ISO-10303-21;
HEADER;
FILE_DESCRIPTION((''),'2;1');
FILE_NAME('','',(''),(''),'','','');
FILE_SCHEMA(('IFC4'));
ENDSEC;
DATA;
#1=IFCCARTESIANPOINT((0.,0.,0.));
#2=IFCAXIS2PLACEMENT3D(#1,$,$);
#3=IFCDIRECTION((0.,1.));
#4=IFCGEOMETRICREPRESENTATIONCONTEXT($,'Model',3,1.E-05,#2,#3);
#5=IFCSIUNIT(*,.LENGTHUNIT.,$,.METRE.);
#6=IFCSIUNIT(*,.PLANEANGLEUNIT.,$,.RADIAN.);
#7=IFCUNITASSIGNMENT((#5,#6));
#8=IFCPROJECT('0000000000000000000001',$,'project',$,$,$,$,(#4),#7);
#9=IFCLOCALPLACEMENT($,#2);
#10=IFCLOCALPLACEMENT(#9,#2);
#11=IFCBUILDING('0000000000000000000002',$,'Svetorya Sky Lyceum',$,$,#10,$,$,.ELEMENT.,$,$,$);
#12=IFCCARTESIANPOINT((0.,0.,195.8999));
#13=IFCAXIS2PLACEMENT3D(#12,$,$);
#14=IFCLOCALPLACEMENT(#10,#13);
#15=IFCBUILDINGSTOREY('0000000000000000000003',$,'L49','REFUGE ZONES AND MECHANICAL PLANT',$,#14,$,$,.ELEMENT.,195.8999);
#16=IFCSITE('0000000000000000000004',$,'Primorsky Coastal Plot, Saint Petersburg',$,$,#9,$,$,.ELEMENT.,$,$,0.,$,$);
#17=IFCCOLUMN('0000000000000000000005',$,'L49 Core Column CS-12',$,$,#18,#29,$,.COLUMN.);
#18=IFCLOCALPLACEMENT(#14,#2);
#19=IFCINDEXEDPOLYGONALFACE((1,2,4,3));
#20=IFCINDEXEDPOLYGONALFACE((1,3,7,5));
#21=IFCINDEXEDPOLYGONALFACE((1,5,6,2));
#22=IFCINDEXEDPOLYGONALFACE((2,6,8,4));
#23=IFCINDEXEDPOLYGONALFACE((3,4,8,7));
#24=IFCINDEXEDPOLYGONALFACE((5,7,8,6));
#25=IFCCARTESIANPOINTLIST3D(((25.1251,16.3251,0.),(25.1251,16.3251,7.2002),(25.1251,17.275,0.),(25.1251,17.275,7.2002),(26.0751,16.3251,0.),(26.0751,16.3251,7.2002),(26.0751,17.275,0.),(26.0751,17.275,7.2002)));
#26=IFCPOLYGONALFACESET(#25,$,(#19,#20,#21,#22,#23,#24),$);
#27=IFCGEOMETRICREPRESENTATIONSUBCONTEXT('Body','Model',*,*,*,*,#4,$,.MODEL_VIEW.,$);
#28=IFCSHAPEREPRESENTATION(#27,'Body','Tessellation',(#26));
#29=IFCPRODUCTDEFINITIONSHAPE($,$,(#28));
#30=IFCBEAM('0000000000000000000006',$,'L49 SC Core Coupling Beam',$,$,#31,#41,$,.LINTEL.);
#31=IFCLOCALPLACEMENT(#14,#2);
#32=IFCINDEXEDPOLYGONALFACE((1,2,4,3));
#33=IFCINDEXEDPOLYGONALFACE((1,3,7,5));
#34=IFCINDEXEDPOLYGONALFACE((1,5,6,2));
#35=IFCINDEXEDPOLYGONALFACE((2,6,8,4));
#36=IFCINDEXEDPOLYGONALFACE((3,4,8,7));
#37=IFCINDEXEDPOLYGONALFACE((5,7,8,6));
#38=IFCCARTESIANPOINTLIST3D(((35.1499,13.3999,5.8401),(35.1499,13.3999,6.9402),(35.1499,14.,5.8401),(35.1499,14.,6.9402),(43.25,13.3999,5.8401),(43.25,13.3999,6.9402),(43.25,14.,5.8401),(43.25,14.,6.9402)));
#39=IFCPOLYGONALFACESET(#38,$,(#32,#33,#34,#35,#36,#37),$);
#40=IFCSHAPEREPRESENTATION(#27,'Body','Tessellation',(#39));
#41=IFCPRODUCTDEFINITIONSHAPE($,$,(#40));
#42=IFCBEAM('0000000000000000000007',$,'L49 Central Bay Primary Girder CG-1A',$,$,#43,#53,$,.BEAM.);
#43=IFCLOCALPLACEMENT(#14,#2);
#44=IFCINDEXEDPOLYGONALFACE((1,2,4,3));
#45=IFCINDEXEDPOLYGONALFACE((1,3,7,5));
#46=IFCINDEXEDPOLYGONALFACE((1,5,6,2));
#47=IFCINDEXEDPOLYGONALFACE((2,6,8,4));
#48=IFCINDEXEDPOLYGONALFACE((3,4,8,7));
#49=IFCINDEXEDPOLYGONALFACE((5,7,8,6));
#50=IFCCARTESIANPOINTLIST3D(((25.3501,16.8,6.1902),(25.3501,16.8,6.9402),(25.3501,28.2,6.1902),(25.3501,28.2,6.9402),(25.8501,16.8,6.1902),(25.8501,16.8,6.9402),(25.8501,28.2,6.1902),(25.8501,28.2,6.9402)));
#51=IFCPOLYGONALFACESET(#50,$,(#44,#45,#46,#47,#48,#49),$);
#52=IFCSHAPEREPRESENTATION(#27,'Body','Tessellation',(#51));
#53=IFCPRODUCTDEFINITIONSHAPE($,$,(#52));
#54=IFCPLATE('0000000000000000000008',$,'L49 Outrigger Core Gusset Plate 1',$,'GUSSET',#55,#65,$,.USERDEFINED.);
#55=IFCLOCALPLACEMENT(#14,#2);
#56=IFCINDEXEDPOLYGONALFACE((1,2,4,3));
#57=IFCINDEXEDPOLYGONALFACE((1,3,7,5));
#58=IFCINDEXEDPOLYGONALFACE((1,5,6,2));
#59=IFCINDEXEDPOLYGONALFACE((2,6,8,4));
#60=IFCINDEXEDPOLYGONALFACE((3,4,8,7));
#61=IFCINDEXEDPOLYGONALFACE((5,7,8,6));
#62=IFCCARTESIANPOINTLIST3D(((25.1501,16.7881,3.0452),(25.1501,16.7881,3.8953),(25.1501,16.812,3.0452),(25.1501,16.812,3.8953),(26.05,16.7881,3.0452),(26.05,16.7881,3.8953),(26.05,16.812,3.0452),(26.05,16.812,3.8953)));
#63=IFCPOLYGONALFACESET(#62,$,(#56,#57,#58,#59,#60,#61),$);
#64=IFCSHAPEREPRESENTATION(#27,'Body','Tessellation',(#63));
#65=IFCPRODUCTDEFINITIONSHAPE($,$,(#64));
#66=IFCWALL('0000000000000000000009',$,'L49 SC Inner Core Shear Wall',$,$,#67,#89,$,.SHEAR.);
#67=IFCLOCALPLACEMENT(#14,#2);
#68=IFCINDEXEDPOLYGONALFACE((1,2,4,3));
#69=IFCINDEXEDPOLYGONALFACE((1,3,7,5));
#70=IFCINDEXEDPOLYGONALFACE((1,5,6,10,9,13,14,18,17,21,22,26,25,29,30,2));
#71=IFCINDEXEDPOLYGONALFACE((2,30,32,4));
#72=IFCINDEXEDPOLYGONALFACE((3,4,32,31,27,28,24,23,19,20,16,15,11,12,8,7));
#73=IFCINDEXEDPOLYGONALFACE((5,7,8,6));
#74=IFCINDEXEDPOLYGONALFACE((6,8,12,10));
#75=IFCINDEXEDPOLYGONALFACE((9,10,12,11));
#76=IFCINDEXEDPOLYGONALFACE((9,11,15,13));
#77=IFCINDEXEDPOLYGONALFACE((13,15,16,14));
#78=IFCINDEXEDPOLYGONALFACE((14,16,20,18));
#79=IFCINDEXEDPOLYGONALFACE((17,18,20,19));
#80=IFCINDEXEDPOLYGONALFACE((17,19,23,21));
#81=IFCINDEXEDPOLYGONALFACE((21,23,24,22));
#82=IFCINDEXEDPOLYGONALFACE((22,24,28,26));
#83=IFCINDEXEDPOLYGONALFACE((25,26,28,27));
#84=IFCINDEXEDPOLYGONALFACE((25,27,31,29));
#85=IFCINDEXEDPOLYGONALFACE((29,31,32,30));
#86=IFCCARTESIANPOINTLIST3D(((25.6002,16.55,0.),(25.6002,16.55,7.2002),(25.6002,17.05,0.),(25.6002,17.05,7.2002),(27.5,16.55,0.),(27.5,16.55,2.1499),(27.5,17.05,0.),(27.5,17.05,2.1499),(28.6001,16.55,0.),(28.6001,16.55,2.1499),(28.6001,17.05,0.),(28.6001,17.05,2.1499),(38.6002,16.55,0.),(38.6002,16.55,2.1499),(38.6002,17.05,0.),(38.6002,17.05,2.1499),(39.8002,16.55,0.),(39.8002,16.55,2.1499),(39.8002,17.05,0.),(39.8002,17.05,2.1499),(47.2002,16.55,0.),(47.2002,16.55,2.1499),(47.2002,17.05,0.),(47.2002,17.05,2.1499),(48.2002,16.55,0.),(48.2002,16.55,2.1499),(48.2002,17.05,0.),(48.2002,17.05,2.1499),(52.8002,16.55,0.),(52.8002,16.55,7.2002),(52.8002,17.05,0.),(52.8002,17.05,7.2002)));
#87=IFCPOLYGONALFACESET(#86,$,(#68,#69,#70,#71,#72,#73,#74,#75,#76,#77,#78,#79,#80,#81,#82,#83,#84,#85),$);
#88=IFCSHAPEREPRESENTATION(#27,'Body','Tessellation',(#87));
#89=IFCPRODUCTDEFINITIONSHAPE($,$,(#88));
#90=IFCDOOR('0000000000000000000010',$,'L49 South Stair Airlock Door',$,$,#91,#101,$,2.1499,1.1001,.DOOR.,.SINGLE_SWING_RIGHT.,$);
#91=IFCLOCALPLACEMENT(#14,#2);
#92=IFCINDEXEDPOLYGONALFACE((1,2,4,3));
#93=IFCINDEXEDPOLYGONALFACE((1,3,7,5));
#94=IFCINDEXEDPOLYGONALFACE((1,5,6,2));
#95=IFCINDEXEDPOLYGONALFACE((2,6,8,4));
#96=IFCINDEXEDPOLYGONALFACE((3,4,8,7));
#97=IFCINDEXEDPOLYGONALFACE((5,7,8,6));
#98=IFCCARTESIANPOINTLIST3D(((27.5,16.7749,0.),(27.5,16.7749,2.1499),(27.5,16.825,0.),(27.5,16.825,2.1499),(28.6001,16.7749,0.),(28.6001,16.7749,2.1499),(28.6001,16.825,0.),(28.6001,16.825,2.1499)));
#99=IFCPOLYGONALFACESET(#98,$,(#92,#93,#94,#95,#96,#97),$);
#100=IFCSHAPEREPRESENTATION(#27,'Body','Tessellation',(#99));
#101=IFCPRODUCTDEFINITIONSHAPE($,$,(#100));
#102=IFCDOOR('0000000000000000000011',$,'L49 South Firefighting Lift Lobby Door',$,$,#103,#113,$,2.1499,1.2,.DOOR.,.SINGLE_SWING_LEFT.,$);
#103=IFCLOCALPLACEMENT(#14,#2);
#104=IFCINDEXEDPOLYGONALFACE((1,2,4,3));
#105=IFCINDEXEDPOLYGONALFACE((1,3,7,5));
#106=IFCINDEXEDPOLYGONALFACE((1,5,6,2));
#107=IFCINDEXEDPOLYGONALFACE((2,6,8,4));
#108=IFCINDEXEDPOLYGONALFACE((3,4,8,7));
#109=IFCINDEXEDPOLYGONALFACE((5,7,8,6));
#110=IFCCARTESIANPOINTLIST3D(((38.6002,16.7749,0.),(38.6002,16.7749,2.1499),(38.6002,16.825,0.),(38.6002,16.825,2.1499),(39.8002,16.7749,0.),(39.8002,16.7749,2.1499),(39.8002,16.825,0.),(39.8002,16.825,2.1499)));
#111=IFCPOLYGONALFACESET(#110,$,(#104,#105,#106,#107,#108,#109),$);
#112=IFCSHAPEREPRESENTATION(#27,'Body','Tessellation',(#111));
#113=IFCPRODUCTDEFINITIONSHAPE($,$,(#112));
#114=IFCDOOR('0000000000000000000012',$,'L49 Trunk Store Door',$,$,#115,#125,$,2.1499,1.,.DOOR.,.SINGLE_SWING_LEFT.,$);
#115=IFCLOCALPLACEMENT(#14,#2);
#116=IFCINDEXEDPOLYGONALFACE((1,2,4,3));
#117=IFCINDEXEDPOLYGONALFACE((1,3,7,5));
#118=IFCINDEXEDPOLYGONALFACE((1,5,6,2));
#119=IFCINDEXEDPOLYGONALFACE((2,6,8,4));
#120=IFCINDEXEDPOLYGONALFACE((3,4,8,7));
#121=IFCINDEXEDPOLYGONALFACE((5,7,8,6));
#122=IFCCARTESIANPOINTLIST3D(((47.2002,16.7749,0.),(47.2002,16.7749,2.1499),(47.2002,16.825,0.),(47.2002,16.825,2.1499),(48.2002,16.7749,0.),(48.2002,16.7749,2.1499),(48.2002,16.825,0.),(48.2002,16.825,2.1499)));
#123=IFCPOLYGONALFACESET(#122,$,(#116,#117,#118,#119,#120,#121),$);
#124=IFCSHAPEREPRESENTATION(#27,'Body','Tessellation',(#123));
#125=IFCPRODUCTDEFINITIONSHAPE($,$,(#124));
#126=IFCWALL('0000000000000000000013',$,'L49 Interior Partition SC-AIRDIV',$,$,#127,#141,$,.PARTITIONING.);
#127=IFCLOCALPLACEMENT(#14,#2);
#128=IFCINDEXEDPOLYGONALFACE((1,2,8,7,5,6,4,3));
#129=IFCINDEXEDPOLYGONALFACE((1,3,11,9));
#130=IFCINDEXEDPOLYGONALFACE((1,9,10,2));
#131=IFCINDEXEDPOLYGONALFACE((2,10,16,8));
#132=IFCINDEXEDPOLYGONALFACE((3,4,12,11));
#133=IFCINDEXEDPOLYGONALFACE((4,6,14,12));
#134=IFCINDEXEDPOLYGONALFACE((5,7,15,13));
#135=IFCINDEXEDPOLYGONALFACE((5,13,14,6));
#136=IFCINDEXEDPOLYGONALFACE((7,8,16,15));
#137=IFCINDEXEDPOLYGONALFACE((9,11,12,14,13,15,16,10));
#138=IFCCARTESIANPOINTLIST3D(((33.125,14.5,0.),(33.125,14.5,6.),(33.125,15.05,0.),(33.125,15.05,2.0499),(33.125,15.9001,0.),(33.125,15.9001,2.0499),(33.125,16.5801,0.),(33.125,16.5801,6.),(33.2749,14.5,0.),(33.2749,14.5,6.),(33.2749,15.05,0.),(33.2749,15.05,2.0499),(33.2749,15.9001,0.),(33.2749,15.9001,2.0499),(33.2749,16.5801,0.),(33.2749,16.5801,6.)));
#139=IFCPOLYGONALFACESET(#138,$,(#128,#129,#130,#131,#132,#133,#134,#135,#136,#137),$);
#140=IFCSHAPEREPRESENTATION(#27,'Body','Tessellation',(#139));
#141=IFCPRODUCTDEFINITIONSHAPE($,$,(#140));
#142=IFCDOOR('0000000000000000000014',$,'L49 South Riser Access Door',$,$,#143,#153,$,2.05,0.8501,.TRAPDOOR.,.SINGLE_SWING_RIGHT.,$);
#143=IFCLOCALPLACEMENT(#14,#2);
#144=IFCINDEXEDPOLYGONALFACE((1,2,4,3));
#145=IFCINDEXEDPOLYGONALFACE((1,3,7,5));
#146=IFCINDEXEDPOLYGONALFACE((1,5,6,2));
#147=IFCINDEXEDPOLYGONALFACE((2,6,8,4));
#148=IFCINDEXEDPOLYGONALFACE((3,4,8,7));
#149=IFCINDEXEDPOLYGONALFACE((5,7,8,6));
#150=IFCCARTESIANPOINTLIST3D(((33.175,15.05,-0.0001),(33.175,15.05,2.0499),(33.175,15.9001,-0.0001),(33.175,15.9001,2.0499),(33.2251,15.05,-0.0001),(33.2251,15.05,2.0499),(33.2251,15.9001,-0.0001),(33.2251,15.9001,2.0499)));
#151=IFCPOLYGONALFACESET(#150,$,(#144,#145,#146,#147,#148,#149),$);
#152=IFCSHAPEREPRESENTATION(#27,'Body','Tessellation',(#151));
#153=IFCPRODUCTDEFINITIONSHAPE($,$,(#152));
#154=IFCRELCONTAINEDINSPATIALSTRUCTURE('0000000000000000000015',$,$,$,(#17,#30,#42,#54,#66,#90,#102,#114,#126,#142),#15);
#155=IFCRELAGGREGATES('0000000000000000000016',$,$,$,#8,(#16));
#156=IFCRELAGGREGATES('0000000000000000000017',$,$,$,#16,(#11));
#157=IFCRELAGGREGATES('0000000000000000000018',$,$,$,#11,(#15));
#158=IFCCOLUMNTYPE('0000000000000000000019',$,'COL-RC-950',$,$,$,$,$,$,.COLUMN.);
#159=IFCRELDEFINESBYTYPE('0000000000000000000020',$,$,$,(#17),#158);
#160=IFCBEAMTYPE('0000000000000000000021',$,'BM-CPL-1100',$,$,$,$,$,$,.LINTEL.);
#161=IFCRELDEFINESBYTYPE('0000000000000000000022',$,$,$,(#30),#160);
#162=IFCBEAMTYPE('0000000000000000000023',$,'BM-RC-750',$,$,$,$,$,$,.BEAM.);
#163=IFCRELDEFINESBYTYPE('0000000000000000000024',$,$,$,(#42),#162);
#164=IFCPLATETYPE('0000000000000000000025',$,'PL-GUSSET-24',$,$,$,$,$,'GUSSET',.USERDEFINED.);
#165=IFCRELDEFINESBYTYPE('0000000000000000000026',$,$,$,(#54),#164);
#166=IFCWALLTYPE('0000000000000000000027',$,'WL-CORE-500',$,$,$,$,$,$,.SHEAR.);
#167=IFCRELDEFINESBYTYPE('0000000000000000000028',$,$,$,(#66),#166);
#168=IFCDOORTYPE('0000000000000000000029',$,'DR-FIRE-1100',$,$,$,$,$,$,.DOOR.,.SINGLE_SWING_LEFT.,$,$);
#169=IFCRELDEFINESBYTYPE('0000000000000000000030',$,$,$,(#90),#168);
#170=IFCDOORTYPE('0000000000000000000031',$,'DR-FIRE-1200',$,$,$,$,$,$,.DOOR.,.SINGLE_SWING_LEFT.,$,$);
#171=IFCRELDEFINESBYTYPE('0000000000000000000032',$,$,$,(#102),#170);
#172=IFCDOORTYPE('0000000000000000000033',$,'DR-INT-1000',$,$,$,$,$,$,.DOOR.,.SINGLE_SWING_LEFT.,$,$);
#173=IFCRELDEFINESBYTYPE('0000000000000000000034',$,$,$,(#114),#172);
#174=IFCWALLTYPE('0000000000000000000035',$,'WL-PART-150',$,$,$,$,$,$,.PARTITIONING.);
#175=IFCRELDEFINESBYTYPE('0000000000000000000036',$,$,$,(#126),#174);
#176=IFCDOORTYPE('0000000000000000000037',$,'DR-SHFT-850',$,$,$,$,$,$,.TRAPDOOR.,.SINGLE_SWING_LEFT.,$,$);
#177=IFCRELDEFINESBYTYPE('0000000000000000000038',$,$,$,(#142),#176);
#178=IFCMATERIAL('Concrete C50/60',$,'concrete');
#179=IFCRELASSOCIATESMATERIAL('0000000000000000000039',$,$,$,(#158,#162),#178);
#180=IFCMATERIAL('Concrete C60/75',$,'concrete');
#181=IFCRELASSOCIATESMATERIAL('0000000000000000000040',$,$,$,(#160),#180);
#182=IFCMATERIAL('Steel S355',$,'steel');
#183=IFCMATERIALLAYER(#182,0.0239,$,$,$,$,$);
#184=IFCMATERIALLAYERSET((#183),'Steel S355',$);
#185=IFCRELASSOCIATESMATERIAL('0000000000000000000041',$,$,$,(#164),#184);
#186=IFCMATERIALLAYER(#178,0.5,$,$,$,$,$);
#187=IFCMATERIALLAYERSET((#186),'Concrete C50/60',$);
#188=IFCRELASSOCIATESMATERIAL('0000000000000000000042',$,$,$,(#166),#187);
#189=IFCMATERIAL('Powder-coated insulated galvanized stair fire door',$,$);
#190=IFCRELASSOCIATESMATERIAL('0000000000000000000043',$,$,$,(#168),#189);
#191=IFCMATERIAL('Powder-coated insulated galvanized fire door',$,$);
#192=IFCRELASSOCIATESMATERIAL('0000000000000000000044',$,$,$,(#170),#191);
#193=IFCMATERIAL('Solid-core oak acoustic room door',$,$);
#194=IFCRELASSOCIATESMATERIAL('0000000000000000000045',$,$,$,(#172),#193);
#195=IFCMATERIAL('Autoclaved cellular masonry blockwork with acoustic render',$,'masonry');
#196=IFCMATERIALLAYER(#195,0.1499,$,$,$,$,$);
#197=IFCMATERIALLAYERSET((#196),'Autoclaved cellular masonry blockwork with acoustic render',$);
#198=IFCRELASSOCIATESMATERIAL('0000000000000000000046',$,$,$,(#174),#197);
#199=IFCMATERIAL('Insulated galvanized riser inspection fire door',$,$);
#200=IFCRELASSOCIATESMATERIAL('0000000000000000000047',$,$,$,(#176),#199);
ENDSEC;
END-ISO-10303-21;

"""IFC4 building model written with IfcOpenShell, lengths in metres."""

from ifc_helpers import new_model, si_unit, direction, frame, frame_2d, origin, origin_2d, place, context, subcontext, project, spatial, rectangle, extrude, material, layer, layer_set, material_profile, profile_set, type_object, element, fill, save


model = new_model("IFC4")

# Units and contexts
model_context = context("Model", 3, precision=1e-05, world=origin(), true_north=direction((0.0, 1.0)))
body_context = subcontext(model_context, "Body", "Model", "MODEL_VIEW")
ifc_project = project(units=[si_unit("LENGTHUNIT", "METRE"), si_unit("PLANEANGLEUNIT", "RADIAN")], contexts=[model_context])

# Site, building, storey
site_placement = place(None, origin())
site = spatial("IfcSite", under=ifc_project, at=site_placement, Name="Primorsky Coastal Plot, Saint Petersburg", CompositionType="ELEMENT", RefElevation=0.0)
building_placement = place(site_placement, origin())
building = spatial("IfcBuilding", under=site, at=building_placement, Name="Svetorya Sky Lyceum", CompositionType="ELEMENT")
storey_placement = place(building_placement, frame((0.0, 0.0, 195.8999)))
storey = spatial("IfcBuildingStorey", under=building, at=storey_placement, Name="L49", Description="REFUGE ZONES AND MECHANICAL PLANT", CompositionType="ELEMENT", Elevation=195.8999)

# Column
ifc_material_1 = material(Name="Concrete C50/60", Category="concrete")
ifc_material_profile_1 = material_profile(ifc_material_1, rectangle(XDim=0.95, YDim=0.95, at=origin_2d()), Name="RC COL 950x950")
ifc_profile_set_1 = profile_set([ifc_material_profile_1], Name="Concrete C50/60")
column_type = type_object("IfcColumnType", Name="COL-RC-950", PredefinedType="COLUMN", material=ifc_profile_set_1)
column_placement = place(storey_placement, frame((25.6001, 16.8, 0.0), z_axis=(0.0, 0.0, 1.0), x_axis=(1.0, 0.0, 0.0)))
element("IfcColumn", 1, at=column_placement, inside=storey, type_object=column_type, Name="L49 Core Column CS-12", PredefinedType="COLUMN", context=body_context, shape_type="SweptSolid", body=[
    extrude(rectangle(XDim=0.95, YDim=0.95, at=origin_2d()), origin(), (0.0, 0.0, 1.0), 7.2002),
])

# Beams
ifc_material_2 = material(Name="Concrete C60/75", Category="concrete")
ifc_material_profile_2 = material_profile(ifc_material_2, rectangle(XDim=0.6001, YDim=1.1001, at=origin_2d()), Name="RC COUPLING 600x1100")
ifc_profile_set_2 = profile_set([ifc_material_profile_2], Name="Concrete C60/75")
beam_type_1 = type_object("IfcBeamType", Name="BM-CPL-1100", PredefinedType="LINTEL", material=ifc_profile_set_2)
beam_1_placement = place(storey_placement, frame((35.1499, 13.7, 6.3901), z_axis=(1.0, 0.0, 0.0), x_axis=(0.0, 1.0, 0.0)))
element("IfcBeam", 2, at=beam_1_placement, inside=storey, type_object=beam_type_1, Name="L49 SC Core Coupling Beam", PredefinedType="LINTEL", context=body_context, shape_type="SweptSolid", body=[
    extrude(rectangle(XDim=0.6001, YDim=1.1001, at=origin_2d()), origin(), (0.0, 0.0, 1.0), 8.1001),
])
ifc_material_profile_3 = material_profile(ifc_material_1, rectangle(XDim=0.5, YDim=0.75, at=origin_2d()), Name="RC BEAM 500x750")
ifc_profile_set_3 = profile_set([ifc_material_profile_3], Name="Concrete C50/60")
beam_type_2 = type_object("IfcBeamType", Name="BM-RC-750", PredefinedType="BEAM", material=ifc_profile_set_3)
beam_2_placement = place(storey_placement, frame((25.6001, 16.8, 6.5652), z_axis=(0.0, 1.0, 0.0), x_axis=(-1.0, 0.0, 0.0)))
element("IfcBeam", 3, at=beam_2_placement, inside=storey, type_object=beam_type_2, Name="L49 Central Bay Primary Girder CG-1A", PredefinedType="BEAM", context=body_context, shape_type="SweptSolid", body=[
    extrude(rectangle(XDim=0.5, YDim=0.75, at=origin_2d()), origin(), (0.0, 0.0, 1.0), 11.3999),
])

# Plate
ifc_material_3 = material(Name="Steel S355", Category="steel")
ifc_layer_1 = layer(ifc_material_3, 0.0239)
ifc_layer_set_1 = layer_set([ifc_layer_1], Name="Steel S355")
plate_type = type_object("IfcPlateType", Name="PL-GUSSET-24", ElementType="GUSSET", PredefinedType="USERDEFINED", material=ifc_layer_set_1)
plate_placement = place(storey_placement, frame((25.6001, 16.8, 3.0452), z_axis=(0.0, 0.0, 1.0), x_axis=(1.0, 0.0, 0.0)))
element("IfcPlate", 4, at=plate_placement, inside=storey, type_object=plate_type, Name="L49 Outrigger Core Gusset Plate 1", ObjectType="GUSSET", PredefinedType="USERDEFINED", context=body_context, shape_type="SweptSolid", body=[
    extrude(rectangle(XDim=0.8999, YDim=0.0239, at=origin_2d()), origin(), (0.0, 0.0, 1.0), 0.8501),
])

# Wall, openings, doors
ifc_layer_2 = layer(ifc_material_1, 0.5)
ifc_layer_set_2 = layer_set([ifc_layer_2], Name="Concrete C50/60")
wall_type_1 = type_object("IfcWallType", Name="WL-CORE-500", PredefinedType="SHEAR", material=ifc_layer_set_2)
wall_1_placement = place(storey_placement, frame((25.6001, 16.8, 0.0), z_axis=(0.0, 0.0, 1.0), x_axis=(1.0, 0.0, 0.0)))
wall_1 = element("IfcWall", 5, at=wall_1_placement, inside=storey, type_object=wall_type_1, Name="L49 SC Inner Core Shear Wall", PredefinedType="SHEAR", context=body_context, shape_type="SweptSolid", body=[
    extrude(rectangle(XDim=27.2, YDim=0.5, at=frame_2d((13.6001, 0.0))), origin(), (0.0, 0.0, 1.0), 7.2002),
])
opening_1_placement = place(wall_1_placement, frame((1.8999, 0.0, 0.0)))
opening_1 = element("IfcOpeningElement", 6, at=opening_1_placement, cuts=wall_1, PredefinedType="OPENING", context=body_context, shape_type="SweptSolid", body=[
    extrude(rectangle(XDim=1.1001, YDim=2.1499, at=frame_2d((0.55, 1.075))), frame((0.0, 0.26, 0.0), z_axis=(0.0, -1.0, 0.0), x_axis=(1.0, 0.0, 0.0)), (0.0, 0.0, 1.0), 0.52),
])
opening_2_placement = place(wall_1_placement, frame((13.0, 0.0, 0.0)))
opening_2 = element("IfcOpeningElement", 7, at=opening_2_placement, cuts=wall_1, PredefinedType="OPENING", context=body_context, shape_type="SweptSolid", body=[
    extrude(rectangle(XDim=1.2, YDim=2.1499, at=frame_2d((0.6001, 1.075))), frame((0.0, 0.26, 0.0), z_axis=(0.0, -1.0, 0.0), x_axis=(1.0, 0.0, 0.0)), (0.0, 0.0, 1.0), 0.52),
])
opening_3_placement = place(wall_1_placement, frame((21.6001, 0.0, 0.0)))
opening_3 = element("IfcOpeningElement", 8, at=opening_3_placement, cuts=wall_1, PredefinedType="OPENING", context=body_context, shape_type="SweptSolid", body=[
    extrude(rectangle(XDim=1.0, YDim=2.1499, at=frame_2d((0.5, 1.075))), frame((0.0, 0.26, 0.0), z_axis=(0.0, -1.0, 0.0), x_axis=(1.0, 0.0, 0.0)), (0.0, 0.0, 1.0), 0.52),
])
ifc_material_4 = material(Name="Powder-coated insulated galvanized stair fire door")
door_type_1 = type_object("IfcDoorType", Name="DR-FIRE-1100", OperationType="SINGLE_SWING_LEFT", PredefinedType="DOOR", material=ifc_material_4)
door_1_placement = place(opening_1_placement, origin())
door_1 = element("IfcDoor", 9, at=door_1_placement, inside=storey, type_object=door_type_1, Name="L49 South Stair Airlock Door", OperationType="SINGLE_SWING_RIGHT", OverallHeight=2.1499, OverallWidth=1.1001, PredefinedType="DOOR", context=body_context, shape_type="SweptSolid", body=[
    extrude(rectangle(XDim=1.1001, YDim=2.1499, at=frame_2d((0.55, 1.075))), frame((0.0, 0.0249, 0.0), z_axis=(0.0, -1.0, 0.0), x_axis=(1.0, 0.0, 0.0)), (0.0, 0.0, 1.0), 0.05),
])
fill(opening_1, door_1)
ifc_material_5 = material(Name="Powder-coated insulated galvanized fire door")
door_type_2 = type_object("IfcDoorType", Name="DR-FIRE-1200", OperationType="SINGLE_SWING_LEFT", PredefinedType="DOOR", material=ifc_material_5)
door_2_placement = place(opening_2_placement, origin())
door_2 = element("IfcDoor", 10, at=door_2_placement, inside=storey, type_object=door_type_2, Name="L49 South Firefighting Lift Lobby Door", OperationType="SINGLE_SWING_LEFT", OverallHeight=2.1499, OverallWidth=1.2, PredefinedType="DOOR", context=body_context, shape_type="SweptSolid", body=[
    extrude(rectangle(XDim=1.2, YDim=2.1499, at=frame_2d((0.6001, 1.075))), frame((0.0, 0.0249, 0.0), z_axis=(0.0, -1.0, 0.0), x_axis=(1.0, 0.0, 0.0)), (0.0, 0.0, 1.0), 0.05),
])
fill(opening_2, door_2)
ifc_material_6 = material(Name="Solid-core oak acoustic room door")
door_type_3 = type_object("IfcDoorType", Name="DR-INT-1000", OperationType="SINGLE_SWING_LEFT", PredefinedType="DOOR", material=ifc_material_6)
door_3_placement = place(opening_3_placement, origin())
door_3 = element("IfcDoor", 11, at=door_3_placement, inside=storey, type_object=door_type_3, Name="L49 Trunk Store Door", OperationType="SINGLE_SWING_LEFT", OverallHeight=2.1499, OverallWidth=1.0, PredefinedType="DOOR", context=body_context, shape_type="SweptSolid", body=[
    extrude(rectangle(XDim=1.0, YDim=2.1499, at=frame_2d((0.5, 1.075))), frame((0.0, 0.0249, 0.0), z_axis=(0.0, -1.0, 0.0), x_axis=(1.0, 0.0, 0.0)), (0.0, 0.0, 1.0), 0.05),
])
fill(opening_3, door_3)

# Wall, opening, door
ifc_material_7 = material(Name="Autoclaved cellular masonry blockwork with acoustic render", Category="masonry")
ifc_layer_3 = layer(ifc_material_7, 0.1499)
ifc_layer_set_3 = layer_set([ifc_layer_3], Name="Autoclaved cellular masonry blockwork with acoustic render")
wall_type_2 = type_object("IfcWallType", Name="WL-PART-150", PredefinedType="PARTITIONING", material=ifc_layer_set_3)
wall_2_placement = place(storey_placement, frame((33.2, 14.5, 0.0), z_axis=(0.0, 0.0, 1.0), x_axis=(0.0, 1.0, 0.0)))
wall_2 = element("IfcWall", 12, at=wall_2_placement, inside=storey, type_object=wall_type_2, Name="L49 Interior Partition SC-AIRDIV", PredefinedType="PARTITIONING", context=body_context, shape_type="SweptSolid", body=[
    extrude(rectangle(XDim=2.0801, YDim=0.1499, at=frame_2d((1.04, 0.0))), origin(), (0.0, 0.0, 1.0), 6.0),
])
opening_4_placement = place(wall_2_placement, frame((0.55, 0.0, 0.0)))
opening_4 = element("IfcOpeningElement", 13, at=opening_4_placement, cuts=wall_2, PredefinedType="OPENING", context=body_context, shape_type="SweptSolid", body=[
    extrude(rectangle(XDim=0.8501, YDim=2.05, at=frame_2d((0.425, 1.0249))), frame((0.0, 0.085, 0.0), z_axis=(0.0, -1.0, 0.0), x_axis=(1.0, 0.0, 0.0)), (0.0, 0.0, 1.0), 0.1699),
])
ifc_material_8 = material(Name="Insulated galvanized riser inspection fire door")
door_type_4 = type_object("IfcDoorType", Name="DR-SHFT-850", OperationType="SINGLE_SWING_LEFT", PredefinedType="TRAPDOOR", material=ifc_material_8)
door_4_placement = place(opening_4_placement, origin())
door_4 = element("IfcDoor", 14, at=door_4_placement, inside=storey, type_object=door_type_4, Name="L49 South Riser Access Door", OperationType="SINGLE_SWING_RIGHT", OverallHeight=2.05, OverallWidth=0.8501, PredefinedType="TRAPDOOR", context=body_context, shape_type="SweptSolid", body=[
    extrude(rectangle(XDim=0.8501, YDim=2.05, at=frame_2d((0.425, 1.0249))), frame((0.0, 0.0249, 0.0), z_axis=(0.0, -1.0, 0.0), x_axis=(1.0, 0.0, 0.0)), (0.0, 0.0, 1.0), 0.05),
])
fill(opening_4, door_4)

save(model, "model.ifc")
